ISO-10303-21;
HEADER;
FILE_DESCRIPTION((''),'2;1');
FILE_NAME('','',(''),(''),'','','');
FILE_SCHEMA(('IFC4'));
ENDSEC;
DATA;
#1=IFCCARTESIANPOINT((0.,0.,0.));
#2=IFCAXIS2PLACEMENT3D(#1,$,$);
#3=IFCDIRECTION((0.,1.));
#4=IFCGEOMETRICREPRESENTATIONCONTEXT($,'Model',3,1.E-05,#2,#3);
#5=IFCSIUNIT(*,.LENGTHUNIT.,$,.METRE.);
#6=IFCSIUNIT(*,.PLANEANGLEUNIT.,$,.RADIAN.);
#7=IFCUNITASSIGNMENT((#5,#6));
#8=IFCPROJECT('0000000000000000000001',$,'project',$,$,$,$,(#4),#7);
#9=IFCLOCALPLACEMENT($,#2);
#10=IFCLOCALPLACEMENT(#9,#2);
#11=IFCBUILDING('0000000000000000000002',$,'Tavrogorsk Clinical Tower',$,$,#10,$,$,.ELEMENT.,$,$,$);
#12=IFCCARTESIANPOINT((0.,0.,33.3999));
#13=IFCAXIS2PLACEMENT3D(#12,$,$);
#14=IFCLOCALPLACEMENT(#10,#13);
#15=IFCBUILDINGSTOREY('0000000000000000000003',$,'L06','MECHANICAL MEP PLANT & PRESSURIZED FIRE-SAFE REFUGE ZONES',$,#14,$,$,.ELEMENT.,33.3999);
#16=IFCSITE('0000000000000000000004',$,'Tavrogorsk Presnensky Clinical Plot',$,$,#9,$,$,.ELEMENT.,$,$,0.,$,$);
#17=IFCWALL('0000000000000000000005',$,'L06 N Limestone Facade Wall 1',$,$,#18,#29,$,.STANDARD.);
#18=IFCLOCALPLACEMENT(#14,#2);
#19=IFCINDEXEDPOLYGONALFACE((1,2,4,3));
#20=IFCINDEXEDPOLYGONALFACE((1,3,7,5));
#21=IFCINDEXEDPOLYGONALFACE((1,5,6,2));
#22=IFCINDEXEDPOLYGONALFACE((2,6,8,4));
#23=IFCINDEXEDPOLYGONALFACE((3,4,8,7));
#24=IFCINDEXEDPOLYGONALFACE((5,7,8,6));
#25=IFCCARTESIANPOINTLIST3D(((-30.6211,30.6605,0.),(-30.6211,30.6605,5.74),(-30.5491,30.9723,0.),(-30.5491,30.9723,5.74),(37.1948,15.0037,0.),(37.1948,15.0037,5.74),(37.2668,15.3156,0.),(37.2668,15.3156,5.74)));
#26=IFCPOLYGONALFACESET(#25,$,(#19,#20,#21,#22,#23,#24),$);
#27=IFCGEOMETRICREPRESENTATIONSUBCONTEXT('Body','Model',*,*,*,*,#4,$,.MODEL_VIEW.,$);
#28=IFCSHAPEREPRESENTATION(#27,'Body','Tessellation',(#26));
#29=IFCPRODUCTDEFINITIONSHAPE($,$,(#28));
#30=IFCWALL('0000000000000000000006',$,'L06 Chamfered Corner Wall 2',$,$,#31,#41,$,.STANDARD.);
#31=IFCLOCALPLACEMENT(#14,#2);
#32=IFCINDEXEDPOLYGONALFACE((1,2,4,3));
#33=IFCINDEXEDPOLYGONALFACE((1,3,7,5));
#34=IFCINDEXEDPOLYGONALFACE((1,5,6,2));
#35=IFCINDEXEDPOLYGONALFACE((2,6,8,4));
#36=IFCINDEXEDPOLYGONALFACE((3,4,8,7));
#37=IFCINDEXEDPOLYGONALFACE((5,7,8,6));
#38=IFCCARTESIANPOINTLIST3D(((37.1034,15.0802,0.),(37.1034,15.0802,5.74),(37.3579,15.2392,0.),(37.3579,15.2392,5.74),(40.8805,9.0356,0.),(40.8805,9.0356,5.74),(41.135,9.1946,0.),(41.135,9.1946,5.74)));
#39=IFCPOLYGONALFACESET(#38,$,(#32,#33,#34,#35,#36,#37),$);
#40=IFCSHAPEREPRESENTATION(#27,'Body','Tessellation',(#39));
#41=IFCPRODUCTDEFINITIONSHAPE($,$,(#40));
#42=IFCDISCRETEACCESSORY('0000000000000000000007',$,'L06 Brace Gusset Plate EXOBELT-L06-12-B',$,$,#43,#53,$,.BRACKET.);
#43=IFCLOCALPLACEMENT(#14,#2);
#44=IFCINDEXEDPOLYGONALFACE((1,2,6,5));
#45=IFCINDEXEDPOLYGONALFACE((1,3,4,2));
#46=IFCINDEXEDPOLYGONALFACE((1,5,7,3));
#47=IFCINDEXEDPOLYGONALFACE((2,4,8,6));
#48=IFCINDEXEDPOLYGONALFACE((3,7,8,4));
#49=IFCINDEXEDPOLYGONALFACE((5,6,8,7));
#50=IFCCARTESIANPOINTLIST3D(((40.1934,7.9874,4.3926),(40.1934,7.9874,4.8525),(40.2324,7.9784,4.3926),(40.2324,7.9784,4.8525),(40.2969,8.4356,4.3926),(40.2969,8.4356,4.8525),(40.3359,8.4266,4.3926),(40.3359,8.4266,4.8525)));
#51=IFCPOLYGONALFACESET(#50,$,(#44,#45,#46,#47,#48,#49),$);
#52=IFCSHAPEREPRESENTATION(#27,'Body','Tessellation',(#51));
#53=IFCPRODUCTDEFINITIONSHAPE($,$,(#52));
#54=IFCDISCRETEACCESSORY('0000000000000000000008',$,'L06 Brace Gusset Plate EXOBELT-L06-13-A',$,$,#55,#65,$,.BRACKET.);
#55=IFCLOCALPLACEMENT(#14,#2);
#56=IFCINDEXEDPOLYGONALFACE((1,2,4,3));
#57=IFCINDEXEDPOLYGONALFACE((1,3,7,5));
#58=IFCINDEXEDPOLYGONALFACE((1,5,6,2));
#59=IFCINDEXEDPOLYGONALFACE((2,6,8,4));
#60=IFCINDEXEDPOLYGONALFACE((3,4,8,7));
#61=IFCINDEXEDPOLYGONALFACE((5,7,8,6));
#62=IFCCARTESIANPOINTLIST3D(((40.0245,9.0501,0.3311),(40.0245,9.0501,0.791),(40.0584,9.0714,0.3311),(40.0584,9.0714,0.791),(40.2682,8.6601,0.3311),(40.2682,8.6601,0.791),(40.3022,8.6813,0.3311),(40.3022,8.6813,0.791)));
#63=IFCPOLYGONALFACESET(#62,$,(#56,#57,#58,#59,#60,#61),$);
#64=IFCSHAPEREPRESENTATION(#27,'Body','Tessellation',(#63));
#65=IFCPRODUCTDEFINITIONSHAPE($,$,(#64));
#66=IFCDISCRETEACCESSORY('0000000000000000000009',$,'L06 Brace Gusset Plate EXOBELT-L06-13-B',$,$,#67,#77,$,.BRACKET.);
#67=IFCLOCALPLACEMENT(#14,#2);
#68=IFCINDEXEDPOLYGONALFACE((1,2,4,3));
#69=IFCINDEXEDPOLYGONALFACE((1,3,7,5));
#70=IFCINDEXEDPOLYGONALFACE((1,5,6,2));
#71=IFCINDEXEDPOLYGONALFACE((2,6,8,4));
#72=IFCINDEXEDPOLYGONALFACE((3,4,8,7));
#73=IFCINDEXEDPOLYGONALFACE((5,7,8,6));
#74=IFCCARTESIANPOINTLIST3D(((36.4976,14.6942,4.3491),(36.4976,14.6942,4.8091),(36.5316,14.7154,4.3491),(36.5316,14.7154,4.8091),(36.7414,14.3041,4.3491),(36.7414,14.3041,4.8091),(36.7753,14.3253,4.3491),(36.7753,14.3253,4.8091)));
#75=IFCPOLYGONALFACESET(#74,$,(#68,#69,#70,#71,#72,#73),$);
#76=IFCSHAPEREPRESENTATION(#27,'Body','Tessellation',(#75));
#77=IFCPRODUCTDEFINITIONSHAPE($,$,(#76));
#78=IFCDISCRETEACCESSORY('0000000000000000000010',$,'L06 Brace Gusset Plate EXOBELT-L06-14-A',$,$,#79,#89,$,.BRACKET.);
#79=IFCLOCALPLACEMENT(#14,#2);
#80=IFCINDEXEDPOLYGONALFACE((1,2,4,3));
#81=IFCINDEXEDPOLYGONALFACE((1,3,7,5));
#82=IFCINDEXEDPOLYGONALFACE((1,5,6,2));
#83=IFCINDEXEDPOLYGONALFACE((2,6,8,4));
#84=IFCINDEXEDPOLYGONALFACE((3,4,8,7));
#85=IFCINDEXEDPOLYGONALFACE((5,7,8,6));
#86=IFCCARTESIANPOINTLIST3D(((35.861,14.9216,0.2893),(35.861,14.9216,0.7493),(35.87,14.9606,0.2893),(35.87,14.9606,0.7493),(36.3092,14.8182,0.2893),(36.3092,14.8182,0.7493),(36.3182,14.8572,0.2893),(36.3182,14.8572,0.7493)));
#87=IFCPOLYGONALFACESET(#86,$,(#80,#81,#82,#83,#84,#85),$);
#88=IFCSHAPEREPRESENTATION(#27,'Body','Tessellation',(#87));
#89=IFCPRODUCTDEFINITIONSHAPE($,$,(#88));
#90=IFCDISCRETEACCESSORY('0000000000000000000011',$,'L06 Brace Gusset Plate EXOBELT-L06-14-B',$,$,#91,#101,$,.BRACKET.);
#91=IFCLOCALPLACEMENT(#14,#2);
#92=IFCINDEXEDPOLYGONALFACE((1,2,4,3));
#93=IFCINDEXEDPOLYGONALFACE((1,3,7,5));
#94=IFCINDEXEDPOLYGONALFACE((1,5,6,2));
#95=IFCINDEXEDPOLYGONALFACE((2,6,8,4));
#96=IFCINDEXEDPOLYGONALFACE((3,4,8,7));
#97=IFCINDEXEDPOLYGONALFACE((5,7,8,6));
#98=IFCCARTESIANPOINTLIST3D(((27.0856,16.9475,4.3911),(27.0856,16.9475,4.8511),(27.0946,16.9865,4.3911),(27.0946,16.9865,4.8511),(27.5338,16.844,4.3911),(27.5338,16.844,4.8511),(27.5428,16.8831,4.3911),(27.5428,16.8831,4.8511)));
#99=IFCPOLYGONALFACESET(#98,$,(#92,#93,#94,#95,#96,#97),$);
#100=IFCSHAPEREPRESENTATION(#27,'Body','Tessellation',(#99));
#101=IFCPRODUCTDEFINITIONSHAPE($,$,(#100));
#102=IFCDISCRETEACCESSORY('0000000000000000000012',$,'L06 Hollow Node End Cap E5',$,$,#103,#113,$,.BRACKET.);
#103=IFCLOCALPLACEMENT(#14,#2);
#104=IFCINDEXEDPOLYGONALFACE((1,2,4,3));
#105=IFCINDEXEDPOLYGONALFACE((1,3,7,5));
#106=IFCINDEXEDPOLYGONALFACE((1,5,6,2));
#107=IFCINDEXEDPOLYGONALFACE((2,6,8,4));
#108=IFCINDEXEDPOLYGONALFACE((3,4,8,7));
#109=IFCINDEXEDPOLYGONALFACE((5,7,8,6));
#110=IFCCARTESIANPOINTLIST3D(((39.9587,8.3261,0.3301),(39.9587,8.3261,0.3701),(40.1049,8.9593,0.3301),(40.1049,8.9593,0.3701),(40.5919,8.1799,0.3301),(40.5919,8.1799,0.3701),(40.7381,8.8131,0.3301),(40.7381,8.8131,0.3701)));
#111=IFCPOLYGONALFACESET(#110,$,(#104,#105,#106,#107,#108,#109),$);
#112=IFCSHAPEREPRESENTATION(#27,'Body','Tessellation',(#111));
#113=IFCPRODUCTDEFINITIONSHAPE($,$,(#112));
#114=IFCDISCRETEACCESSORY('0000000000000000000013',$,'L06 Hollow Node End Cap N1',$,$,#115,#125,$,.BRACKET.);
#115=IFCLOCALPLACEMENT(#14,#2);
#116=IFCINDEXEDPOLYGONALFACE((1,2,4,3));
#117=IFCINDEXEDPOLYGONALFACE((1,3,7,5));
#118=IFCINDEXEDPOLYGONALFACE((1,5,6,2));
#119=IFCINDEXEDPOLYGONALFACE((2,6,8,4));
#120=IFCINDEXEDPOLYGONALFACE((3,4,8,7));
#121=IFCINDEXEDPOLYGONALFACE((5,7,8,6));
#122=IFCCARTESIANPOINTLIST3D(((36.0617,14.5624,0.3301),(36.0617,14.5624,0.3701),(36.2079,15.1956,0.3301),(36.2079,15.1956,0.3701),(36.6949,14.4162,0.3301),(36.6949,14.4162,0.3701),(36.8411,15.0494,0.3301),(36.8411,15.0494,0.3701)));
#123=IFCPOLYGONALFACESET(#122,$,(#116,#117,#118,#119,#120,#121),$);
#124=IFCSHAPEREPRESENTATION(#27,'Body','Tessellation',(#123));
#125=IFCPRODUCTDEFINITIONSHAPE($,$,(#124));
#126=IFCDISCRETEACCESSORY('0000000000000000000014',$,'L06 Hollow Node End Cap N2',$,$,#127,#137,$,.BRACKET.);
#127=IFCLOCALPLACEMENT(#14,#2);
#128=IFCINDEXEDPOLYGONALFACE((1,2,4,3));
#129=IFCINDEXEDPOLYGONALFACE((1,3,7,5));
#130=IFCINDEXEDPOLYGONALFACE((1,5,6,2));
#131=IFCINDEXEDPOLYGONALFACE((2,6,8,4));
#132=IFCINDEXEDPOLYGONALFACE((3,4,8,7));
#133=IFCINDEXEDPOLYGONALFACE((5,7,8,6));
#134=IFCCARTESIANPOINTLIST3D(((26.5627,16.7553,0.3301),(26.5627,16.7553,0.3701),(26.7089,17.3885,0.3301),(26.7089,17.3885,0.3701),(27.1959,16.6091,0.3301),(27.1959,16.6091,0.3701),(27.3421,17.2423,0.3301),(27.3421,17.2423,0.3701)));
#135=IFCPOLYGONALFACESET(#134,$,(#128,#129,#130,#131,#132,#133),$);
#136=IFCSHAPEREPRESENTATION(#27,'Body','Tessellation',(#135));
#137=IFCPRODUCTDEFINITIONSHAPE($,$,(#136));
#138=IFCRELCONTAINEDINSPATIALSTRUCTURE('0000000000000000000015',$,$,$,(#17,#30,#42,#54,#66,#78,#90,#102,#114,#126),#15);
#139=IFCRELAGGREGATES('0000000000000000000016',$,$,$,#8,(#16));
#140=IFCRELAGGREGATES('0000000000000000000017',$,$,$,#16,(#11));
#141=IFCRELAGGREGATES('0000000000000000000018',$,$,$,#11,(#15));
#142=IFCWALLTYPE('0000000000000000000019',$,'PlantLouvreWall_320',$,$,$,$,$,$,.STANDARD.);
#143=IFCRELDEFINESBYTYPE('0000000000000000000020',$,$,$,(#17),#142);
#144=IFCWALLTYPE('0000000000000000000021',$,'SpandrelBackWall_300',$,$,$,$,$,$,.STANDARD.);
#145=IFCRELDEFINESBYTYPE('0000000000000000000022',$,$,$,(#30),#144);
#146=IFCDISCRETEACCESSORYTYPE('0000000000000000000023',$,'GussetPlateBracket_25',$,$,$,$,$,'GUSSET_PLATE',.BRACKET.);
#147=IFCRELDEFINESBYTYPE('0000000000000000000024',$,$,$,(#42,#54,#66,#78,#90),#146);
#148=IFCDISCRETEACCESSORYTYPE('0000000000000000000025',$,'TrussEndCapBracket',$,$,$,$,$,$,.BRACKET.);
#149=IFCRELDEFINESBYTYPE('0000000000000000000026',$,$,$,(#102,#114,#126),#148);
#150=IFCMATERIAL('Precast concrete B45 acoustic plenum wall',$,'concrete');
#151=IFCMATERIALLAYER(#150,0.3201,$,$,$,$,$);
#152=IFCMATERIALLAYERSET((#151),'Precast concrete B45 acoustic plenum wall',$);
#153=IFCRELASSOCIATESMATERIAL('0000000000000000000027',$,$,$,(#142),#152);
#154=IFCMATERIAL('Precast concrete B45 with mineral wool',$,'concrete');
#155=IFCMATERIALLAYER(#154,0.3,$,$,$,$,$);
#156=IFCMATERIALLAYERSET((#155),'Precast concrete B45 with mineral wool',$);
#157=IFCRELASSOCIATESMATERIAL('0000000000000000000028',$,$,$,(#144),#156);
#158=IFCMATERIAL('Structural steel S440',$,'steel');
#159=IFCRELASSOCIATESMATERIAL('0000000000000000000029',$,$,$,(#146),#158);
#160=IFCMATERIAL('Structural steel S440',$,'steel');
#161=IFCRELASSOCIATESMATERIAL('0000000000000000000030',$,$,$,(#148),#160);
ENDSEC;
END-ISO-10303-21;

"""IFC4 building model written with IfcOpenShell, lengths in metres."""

from ifc_helpers import new_model, si_unit, direction, frame, frame_2d, origin, origin_2d, place, context, subcontext, project, spatial, rectangle, extrude, material, layer, layer_set, type_object, element, save


model = new_model("IFC4")

# Units and contexts
model_context = context("Model", 3, precision=1e-05, world=origin(), true_north=direction((0.0, 1.0)))
body_context = subcontext(model_context, "Body", "Model", "MODEL_VIEW")
ifc_project = project(units=[si_unit("LENGTHUNIT", "METRE"), si_unit("PLANEANGLEUNIT", "RADIAN")], contexts=[model_context])

# Site, building, storey
site_placement = place(None, origin())
site = spatial("IfcSite", under=ifc_project, at=site_placement, Name="Tavrogorsk Presnensky Clinical Plot", CompositionType="ELEMENT", RefElevation=0.0)
building_placement = place(site_placement, origin())
building = spatial("IfcBuilding", under=site, at=building_placement, Name="Tavrogorsk Clinical Tower", CompositionType="ELEMENT")
storey_placement = place(building_placement, frame((0.0, 0.0, 33.3999)))
storey = spatial("IfcBuildingStorey", under=building, at=storey_placement, Name="L06", Description="MECHANICAL MEP PLANT & PRESSURIZED FIRE-SAFE REFUGE ZONES", CompositionType="ELEMENT", Elevation=33.3999)

# Walls
ifc_material_1 = material(Name="Precast concrete B45 acoustic plenum wall", Category="concrete")
ifc_layer_1 = layer(ifc_material_1, 0.3201)
ifc_layer_set_1 = layer_set([ifc_layer_1], Name="Precast concrete B45 acoustic plenum wall")
wall_type_1 = type_object("IfcWallType", Name="PlantLouvreWall_320", PredefinedType="STANDARD", material=ifc_layer_set_1)
wall_1_placement = place(storey_placement, frame((37.2307, 15.1597, 0.0), z_axis=(0.0, 0.0, 1.0), x_axis=(-0.974369, 0.224954, 0.0)))
element("IfcWall", 1, at=wall_1_placement, inside=storey, type_object=wall_type_1, Name="L06 N Limestone Facade Wall 1", PredefinedType="STANDARD", context=body_context, shape_type="SweptSolid", body=[
    extrude(rectangle(XDim=69.5999, YDim=0.3201, at=frame_2d((34.7998, 0.0))), origin(), (0.0, 0.0, 1.0), 5.74),
])
ifc_material_2 = material(Name="Precast concrete B45 with mineral wool", Category="concrete")
ifc_layer_2 = layer(ifc_material_2, 0.3)
ifc_layer_set_2 = layer_set([ifc_layer_2], Name="Precast concrete B45 with mineral wool")
wall_type_2 = type_object("IfcWallType", Name="SpandrelBackWall_300", PredefinedType="STANDARD", material=ifc_layer_set_2)
wall_2_placement = place(storey_placement, frame((41.0078, 9.115, 0.0), z_axis=(0.0, 0.0, 1.0), x_axis=(-0.529916, 0.84805, 0.0)))
element("IfcWall", 2, at=wall_2_placement, inside=storey, type_object=wall_type_2, Name="L06 Chamfered Corner Wall 2", PredefinedType="STANDARD", context=body_context, shape_type="SweptSolid", body=[
    extrude(rectangle(XDim=7.1277, YDim=0.3, at=frame_2d((3.564, 0.0))), origin(), (0.0, 0.0, 1.0), 5.74),
])

# Discrete accessories
ifc_material_3 = material(Name="Structural steel S440", Category="steel")
discrete_accessory_type_1 = type_object("IfcDiscreteAccessoryType", Name="GussetPlateBracket_25", ElementType="GUSSET_PLATE", PredefinedType="BRACKET", material=ifc_material_3)
for number, where, z_axis, x_axis, name in (
    (3, (40.2646, 8.207, 4.3926), (0.0, 0.0, 1.0), (0.224951, 0.97437, 0.0), "L06 Brace Gusset Plate EXOBELT-L06-12-B"),
    (4, (40.1633, 8.8657, 0.3311), (0.0, 0.0, 1.0), (-0.529919, 0.848048, 0.0), "L06 Brace Gusset Plate EXOBELT-L06-13-A"),
    (5, (36.6365, 14.5098, 4.3491), (0.0, 0.0, 1.0), (-0.529919, 0.848048, 0.0), "L06 Brace Gusset Plate EXOBELT-L06-13-B"),
    (6, (36.0896, 14.8894, 0.2893), (0.0, 0.0, 1.0), (-0.97437, 0.224951, 0.0), "L06 Brace Gusset Plate EXOBELT-L06-14-A"),
    (7, (27.3142, 16.9153, 4.3911), (0.0, 0.0, 1.0), (-0.97437, 0.224951, 0.0), "L06 Brace Gusset Plate EXOBELT-L06-14-B"),
):
    element("IfcDiscreteAccessory", number, at=place(storey_placement, frame(where, z_axis=z_axis, x_axis=x_axis)), inside=storey, type_object=discrete_accessory_type_1, Name=name, PredefinedType="BRACKET", context=body_context, shape_type="SweptSolid", body=[
        extrude(rectangle(XDim=0.46, YDim=0.04, at=origin_2d()), origin(), (0.0, 0.0, 1.0), 0.46),
    ])
ifc_material_4 = material(Name="Structural steel S440", Category="steel")
discrete_accessory_type_2 = type_object("IfcDiscreteAccessoryType", Name="TrussEndCapBracket", PredefinedType="BRACKET", material=ifc_material_4)
for number, where, z_axis, x_axis, name in (
    (8, (40.3484, 8.5696, 0.3301), (0.0, 0.0, 1.0), (0.97437, -0.224951, 0.0), "L06 Hollow Node End Cap E5"),
    (9, (36.4514, 14.8059, 0.3301), (0.0, 0.0, 1.0), (0.97437, -0.224951, 0.0), "L06 Hollow Node End Cap N1"),
    (10, (26.9524, 16.9988, 0.3301), (0.0, 0.0, 1.0), (0.97437, -0.224951, 0.0), "L06 Hollow Node End Cap N2"),
):
    element("IfcDiscreteAccessory", number, at=place(storey_placement, frame(where, z_axis=z_axis, x_axis=x_axis)), inside=storey, type_object=discrete_accessory_type_2, Name=name, PredefinedType="BRACKET", context=body_context, shape_type="SweptSolid", body=[
        extrude(rectangle(XDim=0.6499, YDim=0.6499, at=origin_2d()), origin(), (0.0, 0.0, 1.0), 0.04),
    ])

save(model, "model.ifc")
